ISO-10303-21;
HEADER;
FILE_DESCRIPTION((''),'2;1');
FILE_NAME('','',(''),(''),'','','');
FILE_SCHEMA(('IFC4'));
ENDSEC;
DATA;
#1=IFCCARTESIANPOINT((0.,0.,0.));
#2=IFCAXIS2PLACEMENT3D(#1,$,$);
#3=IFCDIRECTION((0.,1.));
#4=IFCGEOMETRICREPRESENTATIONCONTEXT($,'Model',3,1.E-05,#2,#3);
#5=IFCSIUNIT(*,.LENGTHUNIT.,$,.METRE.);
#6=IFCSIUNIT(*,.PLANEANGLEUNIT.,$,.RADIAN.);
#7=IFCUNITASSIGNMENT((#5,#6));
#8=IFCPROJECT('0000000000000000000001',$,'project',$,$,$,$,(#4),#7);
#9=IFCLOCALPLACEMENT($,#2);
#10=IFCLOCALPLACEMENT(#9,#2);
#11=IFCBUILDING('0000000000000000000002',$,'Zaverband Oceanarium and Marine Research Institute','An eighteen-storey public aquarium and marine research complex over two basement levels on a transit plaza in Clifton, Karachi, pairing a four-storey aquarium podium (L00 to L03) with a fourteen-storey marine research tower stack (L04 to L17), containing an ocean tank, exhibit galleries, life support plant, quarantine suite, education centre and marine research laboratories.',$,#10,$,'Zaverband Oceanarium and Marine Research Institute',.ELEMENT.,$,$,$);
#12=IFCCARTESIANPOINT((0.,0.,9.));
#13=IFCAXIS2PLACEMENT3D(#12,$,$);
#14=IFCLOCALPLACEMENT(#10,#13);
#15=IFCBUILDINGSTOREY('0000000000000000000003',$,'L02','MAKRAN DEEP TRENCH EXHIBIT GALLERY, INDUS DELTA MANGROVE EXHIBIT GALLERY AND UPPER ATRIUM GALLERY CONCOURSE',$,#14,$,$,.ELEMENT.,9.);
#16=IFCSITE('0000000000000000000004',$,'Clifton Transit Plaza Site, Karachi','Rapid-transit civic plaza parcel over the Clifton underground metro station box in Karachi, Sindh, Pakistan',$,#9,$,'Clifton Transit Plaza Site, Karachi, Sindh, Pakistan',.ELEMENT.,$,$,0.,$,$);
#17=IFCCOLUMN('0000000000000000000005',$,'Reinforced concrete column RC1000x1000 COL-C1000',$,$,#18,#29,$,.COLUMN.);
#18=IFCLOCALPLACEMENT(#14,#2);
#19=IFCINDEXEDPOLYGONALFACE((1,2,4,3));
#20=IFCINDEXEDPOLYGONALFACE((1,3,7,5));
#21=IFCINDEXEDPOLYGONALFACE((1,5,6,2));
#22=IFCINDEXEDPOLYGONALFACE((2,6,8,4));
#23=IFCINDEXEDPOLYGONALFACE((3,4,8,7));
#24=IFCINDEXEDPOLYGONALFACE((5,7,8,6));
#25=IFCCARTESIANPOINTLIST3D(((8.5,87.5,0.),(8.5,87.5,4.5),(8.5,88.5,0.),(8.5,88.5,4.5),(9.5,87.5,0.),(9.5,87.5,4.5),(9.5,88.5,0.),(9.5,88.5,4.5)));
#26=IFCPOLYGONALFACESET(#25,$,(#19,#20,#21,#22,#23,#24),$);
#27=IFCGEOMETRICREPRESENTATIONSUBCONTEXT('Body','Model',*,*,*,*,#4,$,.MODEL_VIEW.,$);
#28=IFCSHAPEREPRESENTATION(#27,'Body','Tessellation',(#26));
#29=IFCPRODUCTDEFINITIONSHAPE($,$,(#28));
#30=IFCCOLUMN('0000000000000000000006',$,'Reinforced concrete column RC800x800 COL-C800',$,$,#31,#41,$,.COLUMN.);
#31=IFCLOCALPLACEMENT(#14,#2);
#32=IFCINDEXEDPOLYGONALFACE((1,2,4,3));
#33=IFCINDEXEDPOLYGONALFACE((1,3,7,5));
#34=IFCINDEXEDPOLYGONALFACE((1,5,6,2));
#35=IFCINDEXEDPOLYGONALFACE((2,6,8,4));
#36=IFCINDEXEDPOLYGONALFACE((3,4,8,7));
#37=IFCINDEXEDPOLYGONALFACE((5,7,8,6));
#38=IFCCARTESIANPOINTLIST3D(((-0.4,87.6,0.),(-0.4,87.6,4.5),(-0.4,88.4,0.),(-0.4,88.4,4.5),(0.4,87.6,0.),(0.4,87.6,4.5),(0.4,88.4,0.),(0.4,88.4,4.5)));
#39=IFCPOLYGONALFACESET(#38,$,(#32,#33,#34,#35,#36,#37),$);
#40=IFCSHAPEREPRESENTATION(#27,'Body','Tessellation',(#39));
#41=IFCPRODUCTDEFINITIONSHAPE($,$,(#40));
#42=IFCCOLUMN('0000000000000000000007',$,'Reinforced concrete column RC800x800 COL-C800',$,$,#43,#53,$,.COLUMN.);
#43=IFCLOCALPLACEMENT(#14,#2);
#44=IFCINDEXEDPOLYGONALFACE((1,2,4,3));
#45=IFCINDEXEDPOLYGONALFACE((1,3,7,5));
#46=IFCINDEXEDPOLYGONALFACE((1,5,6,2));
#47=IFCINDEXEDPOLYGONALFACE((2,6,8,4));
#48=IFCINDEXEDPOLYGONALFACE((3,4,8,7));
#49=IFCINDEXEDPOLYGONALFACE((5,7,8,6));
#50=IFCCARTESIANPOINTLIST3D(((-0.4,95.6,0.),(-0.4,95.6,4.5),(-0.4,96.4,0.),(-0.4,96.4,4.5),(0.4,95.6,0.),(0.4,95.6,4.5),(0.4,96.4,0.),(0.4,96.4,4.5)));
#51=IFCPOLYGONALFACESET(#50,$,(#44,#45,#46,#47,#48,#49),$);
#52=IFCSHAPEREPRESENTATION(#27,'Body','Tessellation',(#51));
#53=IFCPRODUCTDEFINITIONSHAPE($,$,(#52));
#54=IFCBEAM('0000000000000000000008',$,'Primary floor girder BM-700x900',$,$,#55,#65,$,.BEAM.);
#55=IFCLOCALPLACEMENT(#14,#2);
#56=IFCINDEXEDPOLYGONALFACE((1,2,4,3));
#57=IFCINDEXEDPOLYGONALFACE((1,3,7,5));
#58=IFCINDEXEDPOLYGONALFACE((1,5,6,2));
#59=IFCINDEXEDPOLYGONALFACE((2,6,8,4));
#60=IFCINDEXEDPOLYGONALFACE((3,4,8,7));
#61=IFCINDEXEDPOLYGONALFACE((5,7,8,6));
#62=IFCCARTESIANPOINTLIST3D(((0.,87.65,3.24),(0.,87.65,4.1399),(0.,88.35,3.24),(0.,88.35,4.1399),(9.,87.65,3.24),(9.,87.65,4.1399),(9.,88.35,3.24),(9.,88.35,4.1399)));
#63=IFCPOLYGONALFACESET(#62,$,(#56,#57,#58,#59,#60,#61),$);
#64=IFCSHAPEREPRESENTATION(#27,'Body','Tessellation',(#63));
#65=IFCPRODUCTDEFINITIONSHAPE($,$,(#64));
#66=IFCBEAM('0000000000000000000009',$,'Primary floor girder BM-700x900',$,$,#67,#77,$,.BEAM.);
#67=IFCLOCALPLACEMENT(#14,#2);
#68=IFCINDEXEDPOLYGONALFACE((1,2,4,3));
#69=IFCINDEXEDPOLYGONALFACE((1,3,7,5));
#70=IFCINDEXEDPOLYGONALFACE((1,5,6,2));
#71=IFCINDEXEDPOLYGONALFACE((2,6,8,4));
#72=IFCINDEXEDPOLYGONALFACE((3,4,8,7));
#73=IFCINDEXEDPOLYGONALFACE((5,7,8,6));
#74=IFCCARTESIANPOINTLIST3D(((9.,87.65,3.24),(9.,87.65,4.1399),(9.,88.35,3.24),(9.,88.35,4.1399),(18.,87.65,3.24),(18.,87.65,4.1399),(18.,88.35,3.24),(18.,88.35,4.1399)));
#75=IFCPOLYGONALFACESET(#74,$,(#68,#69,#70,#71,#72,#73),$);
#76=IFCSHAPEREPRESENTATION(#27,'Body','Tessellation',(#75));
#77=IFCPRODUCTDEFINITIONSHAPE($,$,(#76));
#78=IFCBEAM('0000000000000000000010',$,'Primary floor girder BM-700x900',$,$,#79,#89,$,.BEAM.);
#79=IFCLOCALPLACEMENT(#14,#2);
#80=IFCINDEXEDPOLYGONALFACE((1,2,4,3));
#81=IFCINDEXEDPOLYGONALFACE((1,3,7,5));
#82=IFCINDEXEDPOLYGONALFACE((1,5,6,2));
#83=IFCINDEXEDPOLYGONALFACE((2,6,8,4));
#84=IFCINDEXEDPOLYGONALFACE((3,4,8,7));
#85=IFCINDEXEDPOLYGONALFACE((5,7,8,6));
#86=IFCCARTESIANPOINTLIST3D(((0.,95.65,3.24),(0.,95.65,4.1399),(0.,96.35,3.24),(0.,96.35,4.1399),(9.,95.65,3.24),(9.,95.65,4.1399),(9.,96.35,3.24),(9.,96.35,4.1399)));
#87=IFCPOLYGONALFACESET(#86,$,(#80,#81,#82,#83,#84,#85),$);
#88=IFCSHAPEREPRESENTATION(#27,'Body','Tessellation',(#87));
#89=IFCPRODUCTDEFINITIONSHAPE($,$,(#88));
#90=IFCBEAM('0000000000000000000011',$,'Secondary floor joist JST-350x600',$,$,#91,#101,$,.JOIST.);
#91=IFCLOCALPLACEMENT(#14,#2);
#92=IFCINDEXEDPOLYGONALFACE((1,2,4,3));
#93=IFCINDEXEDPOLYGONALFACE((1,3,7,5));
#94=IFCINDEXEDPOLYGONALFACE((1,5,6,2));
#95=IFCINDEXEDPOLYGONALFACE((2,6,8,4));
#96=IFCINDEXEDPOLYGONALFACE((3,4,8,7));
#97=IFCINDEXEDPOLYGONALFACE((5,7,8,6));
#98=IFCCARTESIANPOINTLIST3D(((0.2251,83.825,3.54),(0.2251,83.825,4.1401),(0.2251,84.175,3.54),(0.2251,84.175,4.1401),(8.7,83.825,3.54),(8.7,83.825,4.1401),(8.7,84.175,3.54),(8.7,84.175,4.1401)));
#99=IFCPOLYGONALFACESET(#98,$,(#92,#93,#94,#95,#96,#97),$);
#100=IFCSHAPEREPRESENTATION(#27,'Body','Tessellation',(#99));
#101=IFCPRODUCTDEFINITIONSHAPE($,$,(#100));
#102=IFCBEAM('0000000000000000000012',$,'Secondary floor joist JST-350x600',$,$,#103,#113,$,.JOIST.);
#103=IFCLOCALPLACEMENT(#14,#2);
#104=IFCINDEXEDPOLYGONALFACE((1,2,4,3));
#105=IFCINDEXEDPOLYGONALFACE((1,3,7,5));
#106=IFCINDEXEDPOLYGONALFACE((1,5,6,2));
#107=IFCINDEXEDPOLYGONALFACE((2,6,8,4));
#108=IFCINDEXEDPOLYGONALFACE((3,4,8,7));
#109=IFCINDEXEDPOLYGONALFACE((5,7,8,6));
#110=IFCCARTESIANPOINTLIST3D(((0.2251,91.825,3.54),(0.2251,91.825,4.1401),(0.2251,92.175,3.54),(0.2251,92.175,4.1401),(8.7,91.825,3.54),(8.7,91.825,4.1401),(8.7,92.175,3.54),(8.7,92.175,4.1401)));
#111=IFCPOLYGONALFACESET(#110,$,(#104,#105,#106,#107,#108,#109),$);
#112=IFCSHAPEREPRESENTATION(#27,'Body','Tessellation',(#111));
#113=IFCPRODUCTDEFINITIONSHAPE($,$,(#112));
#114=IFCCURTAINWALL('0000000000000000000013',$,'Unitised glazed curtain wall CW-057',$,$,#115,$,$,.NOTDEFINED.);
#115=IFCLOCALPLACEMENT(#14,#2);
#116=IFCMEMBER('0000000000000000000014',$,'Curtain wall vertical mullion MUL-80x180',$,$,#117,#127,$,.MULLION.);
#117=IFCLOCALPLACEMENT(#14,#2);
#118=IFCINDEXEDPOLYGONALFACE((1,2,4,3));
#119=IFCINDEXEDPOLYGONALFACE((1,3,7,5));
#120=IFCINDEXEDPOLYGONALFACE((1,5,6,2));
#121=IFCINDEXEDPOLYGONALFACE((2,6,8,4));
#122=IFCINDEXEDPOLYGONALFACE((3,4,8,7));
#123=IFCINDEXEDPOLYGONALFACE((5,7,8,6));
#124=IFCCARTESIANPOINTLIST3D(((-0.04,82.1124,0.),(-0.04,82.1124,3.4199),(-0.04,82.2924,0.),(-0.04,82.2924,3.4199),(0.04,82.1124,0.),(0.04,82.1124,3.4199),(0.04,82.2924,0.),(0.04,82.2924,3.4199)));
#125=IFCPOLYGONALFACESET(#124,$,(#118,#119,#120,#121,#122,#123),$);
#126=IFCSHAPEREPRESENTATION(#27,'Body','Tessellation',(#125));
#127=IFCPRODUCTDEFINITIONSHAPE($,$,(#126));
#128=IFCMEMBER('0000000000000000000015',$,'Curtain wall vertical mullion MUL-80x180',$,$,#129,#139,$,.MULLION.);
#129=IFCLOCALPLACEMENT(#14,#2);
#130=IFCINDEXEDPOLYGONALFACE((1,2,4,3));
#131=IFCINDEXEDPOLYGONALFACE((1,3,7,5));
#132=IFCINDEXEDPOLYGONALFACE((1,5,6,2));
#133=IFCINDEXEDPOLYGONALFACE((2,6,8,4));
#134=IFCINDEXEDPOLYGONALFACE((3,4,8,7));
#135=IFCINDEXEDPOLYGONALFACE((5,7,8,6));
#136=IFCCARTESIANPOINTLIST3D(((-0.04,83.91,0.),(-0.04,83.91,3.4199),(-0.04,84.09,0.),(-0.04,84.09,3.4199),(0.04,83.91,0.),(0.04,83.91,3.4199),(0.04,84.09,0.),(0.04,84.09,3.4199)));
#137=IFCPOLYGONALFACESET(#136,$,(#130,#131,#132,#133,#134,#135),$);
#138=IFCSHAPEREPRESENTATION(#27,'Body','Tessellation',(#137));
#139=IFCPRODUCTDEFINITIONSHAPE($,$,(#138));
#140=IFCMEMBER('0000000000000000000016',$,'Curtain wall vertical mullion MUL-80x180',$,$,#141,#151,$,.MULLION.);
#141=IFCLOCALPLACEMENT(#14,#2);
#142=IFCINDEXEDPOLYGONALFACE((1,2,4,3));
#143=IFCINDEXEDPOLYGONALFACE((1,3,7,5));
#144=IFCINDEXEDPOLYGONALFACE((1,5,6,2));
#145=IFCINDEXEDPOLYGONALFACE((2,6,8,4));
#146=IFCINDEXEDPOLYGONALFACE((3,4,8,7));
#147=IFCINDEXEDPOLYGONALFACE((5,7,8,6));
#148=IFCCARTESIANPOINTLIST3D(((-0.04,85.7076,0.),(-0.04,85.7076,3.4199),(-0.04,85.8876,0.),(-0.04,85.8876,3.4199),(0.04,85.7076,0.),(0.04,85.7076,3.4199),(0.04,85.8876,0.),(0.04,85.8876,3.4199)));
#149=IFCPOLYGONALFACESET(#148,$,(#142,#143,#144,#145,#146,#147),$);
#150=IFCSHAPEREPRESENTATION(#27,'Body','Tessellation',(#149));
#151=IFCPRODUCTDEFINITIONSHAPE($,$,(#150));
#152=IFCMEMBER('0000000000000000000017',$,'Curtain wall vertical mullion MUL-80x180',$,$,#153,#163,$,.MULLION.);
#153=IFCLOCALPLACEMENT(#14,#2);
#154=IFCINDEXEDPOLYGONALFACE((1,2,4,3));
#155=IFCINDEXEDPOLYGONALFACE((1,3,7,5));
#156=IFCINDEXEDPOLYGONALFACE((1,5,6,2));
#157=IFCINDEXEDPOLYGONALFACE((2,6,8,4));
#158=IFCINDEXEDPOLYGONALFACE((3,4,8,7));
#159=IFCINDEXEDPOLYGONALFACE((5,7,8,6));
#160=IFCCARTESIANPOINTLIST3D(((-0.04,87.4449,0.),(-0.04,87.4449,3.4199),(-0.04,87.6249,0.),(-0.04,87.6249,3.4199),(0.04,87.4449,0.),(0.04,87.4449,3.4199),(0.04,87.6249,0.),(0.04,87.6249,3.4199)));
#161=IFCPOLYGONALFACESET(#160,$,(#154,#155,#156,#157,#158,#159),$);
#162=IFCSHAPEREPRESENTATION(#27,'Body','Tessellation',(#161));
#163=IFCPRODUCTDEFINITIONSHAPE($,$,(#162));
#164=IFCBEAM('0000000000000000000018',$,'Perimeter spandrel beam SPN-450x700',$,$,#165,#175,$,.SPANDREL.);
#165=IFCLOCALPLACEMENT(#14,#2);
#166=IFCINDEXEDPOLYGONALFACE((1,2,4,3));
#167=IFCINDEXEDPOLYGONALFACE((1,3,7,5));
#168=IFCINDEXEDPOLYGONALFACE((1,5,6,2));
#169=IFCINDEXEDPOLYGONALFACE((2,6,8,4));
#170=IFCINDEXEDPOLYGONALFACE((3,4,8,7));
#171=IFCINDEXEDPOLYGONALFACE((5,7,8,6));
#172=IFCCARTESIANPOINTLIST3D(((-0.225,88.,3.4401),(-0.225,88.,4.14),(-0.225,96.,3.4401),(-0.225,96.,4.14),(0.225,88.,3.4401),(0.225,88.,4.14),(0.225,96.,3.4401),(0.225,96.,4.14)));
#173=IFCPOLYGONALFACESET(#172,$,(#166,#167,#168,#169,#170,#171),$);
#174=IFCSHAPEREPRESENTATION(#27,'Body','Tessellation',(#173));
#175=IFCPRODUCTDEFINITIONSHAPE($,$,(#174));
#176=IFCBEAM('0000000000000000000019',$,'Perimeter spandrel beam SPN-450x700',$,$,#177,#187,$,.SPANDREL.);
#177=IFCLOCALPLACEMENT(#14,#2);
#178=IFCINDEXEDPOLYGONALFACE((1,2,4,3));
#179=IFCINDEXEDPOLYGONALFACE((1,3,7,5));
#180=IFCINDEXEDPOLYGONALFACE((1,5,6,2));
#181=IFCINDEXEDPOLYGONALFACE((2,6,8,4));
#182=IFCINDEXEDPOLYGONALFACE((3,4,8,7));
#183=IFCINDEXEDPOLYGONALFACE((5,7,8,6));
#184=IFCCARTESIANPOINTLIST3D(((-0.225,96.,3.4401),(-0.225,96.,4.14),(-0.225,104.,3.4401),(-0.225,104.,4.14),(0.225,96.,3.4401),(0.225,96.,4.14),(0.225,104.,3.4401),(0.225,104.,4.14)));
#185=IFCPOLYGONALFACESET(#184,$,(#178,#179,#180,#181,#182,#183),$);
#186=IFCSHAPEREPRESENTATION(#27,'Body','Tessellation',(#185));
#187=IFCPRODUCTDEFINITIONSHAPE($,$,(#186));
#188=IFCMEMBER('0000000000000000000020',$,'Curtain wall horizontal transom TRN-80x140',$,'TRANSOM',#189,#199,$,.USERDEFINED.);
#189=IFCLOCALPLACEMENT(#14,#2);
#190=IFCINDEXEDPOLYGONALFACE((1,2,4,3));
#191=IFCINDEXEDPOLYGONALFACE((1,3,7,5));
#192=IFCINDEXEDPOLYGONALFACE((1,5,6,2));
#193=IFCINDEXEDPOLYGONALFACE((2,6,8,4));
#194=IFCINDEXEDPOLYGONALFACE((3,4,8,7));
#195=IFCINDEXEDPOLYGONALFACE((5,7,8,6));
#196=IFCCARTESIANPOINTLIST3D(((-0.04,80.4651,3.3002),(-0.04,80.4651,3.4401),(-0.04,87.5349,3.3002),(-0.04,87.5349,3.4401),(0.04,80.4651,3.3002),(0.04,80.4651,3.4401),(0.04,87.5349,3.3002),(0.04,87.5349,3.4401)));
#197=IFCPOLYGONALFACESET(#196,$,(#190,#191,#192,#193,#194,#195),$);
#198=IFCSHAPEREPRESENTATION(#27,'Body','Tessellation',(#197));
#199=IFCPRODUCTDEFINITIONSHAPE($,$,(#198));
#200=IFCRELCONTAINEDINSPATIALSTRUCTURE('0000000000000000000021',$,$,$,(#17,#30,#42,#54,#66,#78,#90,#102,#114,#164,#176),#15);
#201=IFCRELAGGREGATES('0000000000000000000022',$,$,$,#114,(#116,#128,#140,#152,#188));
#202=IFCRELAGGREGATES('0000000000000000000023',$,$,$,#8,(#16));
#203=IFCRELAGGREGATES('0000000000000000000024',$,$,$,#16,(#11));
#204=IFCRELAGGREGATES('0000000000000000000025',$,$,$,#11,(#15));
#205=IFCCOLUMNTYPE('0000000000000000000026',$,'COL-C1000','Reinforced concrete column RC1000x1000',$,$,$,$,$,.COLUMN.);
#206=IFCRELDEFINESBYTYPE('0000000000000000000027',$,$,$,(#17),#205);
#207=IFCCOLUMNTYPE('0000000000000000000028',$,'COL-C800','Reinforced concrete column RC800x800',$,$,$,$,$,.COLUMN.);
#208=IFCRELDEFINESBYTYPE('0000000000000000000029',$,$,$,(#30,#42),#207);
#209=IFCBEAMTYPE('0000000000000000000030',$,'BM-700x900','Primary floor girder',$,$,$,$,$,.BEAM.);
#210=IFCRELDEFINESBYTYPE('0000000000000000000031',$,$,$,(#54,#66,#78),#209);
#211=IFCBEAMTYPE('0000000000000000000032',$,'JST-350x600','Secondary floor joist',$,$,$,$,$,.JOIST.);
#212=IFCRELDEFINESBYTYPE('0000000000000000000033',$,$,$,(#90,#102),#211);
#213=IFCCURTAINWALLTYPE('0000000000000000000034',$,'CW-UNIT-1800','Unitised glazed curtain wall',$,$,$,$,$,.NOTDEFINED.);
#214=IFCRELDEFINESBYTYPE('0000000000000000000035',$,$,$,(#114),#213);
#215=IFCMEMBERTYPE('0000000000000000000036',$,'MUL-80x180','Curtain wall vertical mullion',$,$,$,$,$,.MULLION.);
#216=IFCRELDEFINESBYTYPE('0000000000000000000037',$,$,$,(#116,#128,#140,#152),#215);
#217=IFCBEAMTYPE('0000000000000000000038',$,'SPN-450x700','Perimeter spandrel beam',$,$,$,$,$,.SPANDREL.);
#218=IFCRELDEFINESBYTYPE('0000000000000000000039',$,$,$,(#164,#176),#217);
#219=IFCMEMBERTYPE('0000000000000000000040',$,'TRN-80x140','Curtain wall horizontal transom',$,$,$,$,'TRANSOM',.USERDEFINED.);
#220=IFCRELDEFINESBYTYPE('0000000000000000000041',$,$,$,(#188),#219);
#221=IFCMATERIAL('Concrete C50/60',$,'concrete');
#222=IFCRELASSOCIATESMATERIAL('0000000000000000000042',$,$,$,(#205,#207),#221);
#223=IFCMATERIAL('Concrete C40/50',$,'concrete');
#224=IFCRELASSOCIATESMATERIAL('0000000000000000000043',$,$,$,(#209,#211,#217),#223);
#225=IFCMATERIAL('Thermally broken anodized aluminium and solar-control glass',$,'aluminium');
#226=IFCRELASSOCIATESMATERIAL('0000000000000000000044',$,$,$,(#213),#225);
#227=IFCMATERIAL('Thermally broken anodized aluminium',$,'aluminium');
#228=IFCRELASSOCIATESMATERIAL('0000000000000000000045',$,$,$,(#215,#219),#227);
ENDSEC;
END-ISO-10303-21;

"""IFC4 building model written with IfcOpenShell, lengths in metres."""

from ifc_helpers import new_model, si_unit, direction, frame, origin, origin_2d, place, context, subcontext, project, spatial, rectangle, extrude, material, material_profile, profile_set, type_object, element, aggregate, save


model = new_model("IFC4")

# Units and contexts
model_context = context("Model", 3, precision=1e-05, world=origin(), true_north=direction((0.0, 1.0)))
body_context = subcontext(model_context, "Body", "Model", "MODEL_VIEW")
ifc_project = project(units=[si_unit("LENGTHUNIT", "METRE"), si_unit("PLANEANGLEUNIT", "RADIAN")], contexts=[model_context])

# Site, building, storey
site_placement = place(None, origin())
site = spatial("IfcSite", under=ifc_project, at=site_placement, Name="Clifton Transit Plaza Site, Karachi", Description="Rapid-transit civic plaza parcel over the Clifton underground metro station box in Karachi, Sindh, Pakistan", LongName="Clifton Transit Plaza Site, Karachi, Sindh, Pakistan", CompositionType="ELEMENT", RefElevation=0.0)
building_placement = place(site_placement, origin())
building = spatial("IfcBuilding", under=site, at=building_placement, Name="Zaverband Oceanarium and Marine Research Institute", Description="An eighteen-storey public aquarium and marine research complex over two basement levels on a transit plaza in Clifton, Karachi, pairing a four-storey aquarium podium (L00 to L03) with a fourteen-storey marine research tower stack (L04 to L17), containing an ocean tank, exhibit galleries, life support plant, quarantine suite, education centre and marine research laboratories.", LongName="Zaverband Oceanarium and Marine Research Institute", CompositionType="ELEMENT")
storey_placement = place(building_placement, frame((0.0, 0.0, 9.0)))
storey = spatial("IfcBuildingStorey", under=building, at=storey_placement, Name="L02", Description="MAKRAN DEEP TRENCH EXHIBIT GALLERY, INDUS DELTA MANGROVE EXHIBIT GALLERY AND UPPER ATRIUM GALLERY CONCOURSE", CompositionType="ELEMENT", Elevation=9.0)

# Columns
ifc_material_1 = material(Name="Concrete C50/60", Category="concrete")
ifc_material_profile_1 = material_profile(ifc_material_1, rectangle(XDim=1.0, YDim=1.0, at=origin_2d()), Name="RC1000x1000")
ifc_profile_set_1 = profile_set([ifc_material_profile_1], Name="Concrete C50/60")
column_type_1 = type_object("IfcColumnType", Name="COL-C1000", Description="Reinforced concrete column RC1000x1000", PredefinedType="COLUMN", material=ifc_profile_set_1)
column_placement = place(storey_placement, frame((9.0, 88.0, 0.0), z_axis=(0.0, 0.0, 1.0), x_axis=(1.0, 0.0, 0.0)))
element("IfcColumn", 1, at=column_placement, inside=storey, type_object=column_type_1, Name="Reinforced concrete column RC1000x1000 COL-C1000", PredefinedType="COLUMN", context=body_context, shape_type="SweptSolid", body=[
    extrude(rectangle(XDim=1.0, YDim=1.0, at=origin_2d()), origin(), (0.0, 0.0, 1.0), 4.5),
])
ifc_material_profile_2 = material_profile(ifc_material_1, rectangle(XDim=0.8, YDim=0.8, at=origin_2d()), Name="RC800x800")
ifc_profile_set_2 = profile_set([ifc_material_profile_2], Name="Concrete C50/60")
column_type_2 = type_object("IfcColumnType", Name="COL-C800", Description="Reinforced concrete column RC800x800", PredefinedType="COLUMN", material=ifc_profile_set_2)
for number, where, z_axis, x_axis, name in (
    (2, (0.0, 88.0, 0.0), (0.0, 0.0, 1.0), (1.0, 0.0, 0.0), "Reinforced concrete column RC800x800 COL-C800"),
    (3, (0.0, 96.0, 0.0), (0.0, 0.0, 1.0), (1.0, 0.0, 0.0), "Reinforced concrete column RC800x800 COL-C800"),
):
    element("IfcColumn", number, at=place(storey_placement, frame(where, z_axis=z_axis, x_axis=x_axis)), inside=storey, type_object=column_type_2, Name=name, PredefinedType="COLUMN", context=body_context, shape_type="SweptSolid", body=[
        extrude(rectangle(XDim=0.8, YDim=0.8, at=origin_2d()), origin(), (0.0, 0.0, 1.0), 4.5),
    ])

# Beams
ifc_material_2 = material(Name="Concrete C40/50", Category="concrete")
ifc_material_profile_3 = material_profile(ifc_material_2, rectangle(XDim=0.7, YDim=0.8999, at=origin_2d()), Name="RC700x900")
ifc_profile_set_3 = profile_set([ifc_material_profile_3], Name="Concrete C40/50")
beam_type_1 = type_object("IfcBeamType", Name="BM-700x900", Description="Primary floor girder", PredefinedType="BEAM", material=ifc_profile_set_3)
for number, where, z_axis, x_axis, name in (
    (4, (0.0, 88.0, 3.6899), (1.0, 0.0, 0.0), (0.0, 1.0, 0.0), "Primary floor girder BM-700x900"),
    (5, (9.0, 88.0, 3.6899), (1.0, 0.0, 0.0), (0.0, 1.0, 0.0), "Primary floor girder BM-700x900"),
    (6, (0.0, 96.0, 3.6899), (1.0, 0.0, 0.0), (0.0, 1.0, 0.0), "Primary floor girder BM-700x900"),
):
    element("IfcBeam", number, at=place(storey_placement, frame(where, z_axis=z_axis, x_axis=x_axis)), inside=storey, type_object=beam_type_1, Name=name, PredefinedType="BEAM", context=body_context, shape_type="SweptSolid", body=[
        extrude(rectangle(XDim=0.7, YDim=0.8999, at=origin_2d()), origin(), (0.0, 0.0, 1.0), 9.0),
    ])
ifc_material_profile_4 = material_profile(ifc_material_2, rectangle(XDim=0.3501, YDim=0.6001, at=origin_2d()), Name="RC350x600")
ifc_profile_set_4 = profile_set([ifc_material_profile_4], Name="Concrete C40/50")
beam_type_2 = type_object("IfcBeamType", Name="JST-350x600", Description="Secondary floor joist", PredefinedType="JOIST", material=ifc_profile_set_4)
for number, where, z_axis, x_axis, name in (
    (7, (0.2251, 84.0, 3.8401), (1.0, 0.0, 0.0), (0.0, 1.0, 0.0), "Secondary floor joist JST-350x600"),
    (8, (0.2251, 92.0, 3.8401), (1.0, 0.0, 0.0), (0.0, 1.0, 0.0), "Secondary floor joist JST-350x600"),
):
    element("IfcBeam", number, at=place(storey_placement, frame(where, z_axis=z_axis, x_axis=x_axis)), inside=storey, type_object=beam_type_2, Name=name, PredefinedType="JOIST", context=body_context, shape_type="SweptSolid", body=[
        extrude(rectangle(XDim=0.3501, YDim=0.6001, at=origin_2d()), origin(), (0.0, 0.0, 1.0), 8.4749),
    ])

# Curtain wall, members
ifc_material_3 = material(Name="Thermally broken anodized aluminium and solar-control glass", Category="aluminium")
curtain_wall_type = type_object("IfcCurtainWallType", Name="CW-UNIT-1800", Description="Unitised glazed curtain wall", PredefinedType="NOTDEFINED", material=ifc_material_3)
curtain_wall_placement = place(storey_placement, origin())
curtain_wall = element("IfcCurtainWall", 9, at=curtain_wall_placement, inside=storey, type_object=curtain_wall_type, Name="Unitised glazed curtain wall CW-057", PredefinedType="NOTDEFINED")
ifc_material_4 = material(Name="Thermally broken anodized aluminium", Category="aluminium")
ifc_material_profile_5 = material_profile(ifc_material_4, rectangle(XDim=0.0801, YDim=0.1799, at=origin_2d()), Name="AL-MUL-80x180")
ifc_profile_set_5 = profile_set([ifc_material_profile_5], Name="Thermally broken anodized aluminium")
member_type_1 = type_object("IfcMemberType", Name="MUL-80x180", Description="Curtain wall vertical mullion", PredefinedType="MULLION", material=ifc_profile_set_5)
member_1_placement = place(storey_placement, frame((0.0, 82.2024, 0.0), z_axis=(0.0, 0.0, 1.0), x_axis=(1.0, 0.0, 0.0)))
member_1 = element("IfcMember", 10, at=member_1_placement, type_object=member_type_1, Name="Curtain wall vertical mullion MUL-80x180", PredefinedType="MULLION", context=body_context, shape_type="SweptSolid", body=[
    extrude(rectangle(XDim=0.0801, YDim=0.1799, at=origin_2d()), origin(), (0.0, 0.0, 1.0), 3.4199),
])
member_2_placement = place(storey_placement, frame((0.0, 84.0, 0.0), z_axis=(0.0, 0.0, 1.0), x_axis=(1.0, 0.0, 0.0)))
member_2 = element("IfcMember", 11, at=member_2_placement, type_object=member_type_1, Name="Curtain wall vertical mullion MUL-80x180", PredefinedType="MULLION", context=body_context, shape_type="SweptSolid", body=[
    extrude(rectangle(XDim=0.0801, YDim=0.1799, at=origin_2d()), origin(), (0.0, 0.0, 1.0), 3.4199),
])
member_3_placement = place(storey_placement, frame((0.0, 85.7976, 0.0), z_axis=(0.0, 0.0, 1.0), x_axis=(1.0, 0.0, 0.0)))
member_3 = element("IfcMember", 12, at=member_3_placement, type_object=member_type_1, Name="Curtain wall vertical mullion MUL-80x180", PredefinedType="MULLION", context=body_context, shape_type="SweptSolid", body=[
    extrude(rectangle(XDim=0.0801, YDim=0.1799, at=origin_2d()), origin(), (0.0, 0.0, 1.0), 3.4199),
])
member_4_placement = place(storey_placement, frame((0.0, 87.5349, 0.0), z_axis=(0.0, 0.0, 1.0), x_axis=(1.0, 0.0, 0.0)))
member_4 = element("IfcMember", 13, at=member_4_placement, type_object=member_type_1, Name="Curtain wall vertical mullion MUL-80x180", PredefinedType="MULLION", context=body_context, shape_type="SweptSolid", body=[
    extrude(rectangle(XDim=0.0801, YDim=0.1799, at=origin_2d()), origin(), (0.0, 0.0, 1.0), 3.4199),
])

# Beams
ifc_material_profile_6 = material_profile(ifc_material_2, rectangle(XDim=0.45, YDim=0.7, at=origin_2d()), Name="RC450x700")
ifc_profile_set_6 = profile_set([ifc_material_profile_6], Name="Concrete C40/50")
beam_type_3 = type_object("IfcBeamType", Name="SPN-450x700", Description="Perimeter spandrel beam", PredefinedType="SPANDREL", material=ifc_profile_set_6)
for number, where, z_axis, x_axis, name in (
    (14, (0.0, 88.0, 3.79), (0.0, 1.0, 0.0), (-1.0, 0.0, 0.0), "Perimeter spandrel beam SPN-450x700"),
    (15, (0.0, 96.0, 3.79), (0.0, 1.0, 0.0), (-1.0, 0.0, 0.0), "Perimeter spandrel beam SPN-450x700"),
):
    element("IfcBeam", number, at=place(storey_placement, frame(where, z_axis=z_axis, x_axis=x_axis)), inside=storey, type_object=beam_type_3, Name=name, PredefinedType="SPANDREL", context=body_context, shape_type="SweptSolid", body=[
        extrude(rectangle(XDim=0.45, YDim=0.7, at=origin_2d()), origin(), (0.0, 0.0, 1.0), 8.0),
    ])

# Member
ifc_material_profile_7 = material_profile(ifc_material_4, rectangle(XDim=0.0801, YDim=0.1399, at=origin_2d()), Name="AL-TRN-80x140")
ifc_profile_set_7 = profile_set([ifc_material_profile_7], Name="Thermally broken anodized aluminium")
member_type_2 = type_object("IfcMemberType", Name="TRN-80x140", Description="Curtain wall horizontal transom", ElementType="TRANSOM", PredefinedType="USERDEFINED", material=ifc_profile_set_7)
member_5_placement = place(storey_placement, frame((0.0, 80.4651, 3.3701), z_axis=(0.0, 1.0, 0.0), x_axis=(-1.0, 0.0, 0.0)))
member_5 = element("IfcMember", 16, at=member_5_placement, type_object=member_type_2, Name="Curtain wall horizontal transom TRN-80x140", ObjectType="TRANSOM", PredefinedType="USERDEFINED", context=body_context, shape_type="SweptSolid", body=[
    extrude(rectangle(XDim=0.0801, YDim=0.1399, at=origin_2d()), origin(), (0.0, 0.0, 1.0), 7.0698),
])

aggregate(curtain_wall, [member_1, member_2, member_3, member_4, member_5])

save(model, "model.ifc")
